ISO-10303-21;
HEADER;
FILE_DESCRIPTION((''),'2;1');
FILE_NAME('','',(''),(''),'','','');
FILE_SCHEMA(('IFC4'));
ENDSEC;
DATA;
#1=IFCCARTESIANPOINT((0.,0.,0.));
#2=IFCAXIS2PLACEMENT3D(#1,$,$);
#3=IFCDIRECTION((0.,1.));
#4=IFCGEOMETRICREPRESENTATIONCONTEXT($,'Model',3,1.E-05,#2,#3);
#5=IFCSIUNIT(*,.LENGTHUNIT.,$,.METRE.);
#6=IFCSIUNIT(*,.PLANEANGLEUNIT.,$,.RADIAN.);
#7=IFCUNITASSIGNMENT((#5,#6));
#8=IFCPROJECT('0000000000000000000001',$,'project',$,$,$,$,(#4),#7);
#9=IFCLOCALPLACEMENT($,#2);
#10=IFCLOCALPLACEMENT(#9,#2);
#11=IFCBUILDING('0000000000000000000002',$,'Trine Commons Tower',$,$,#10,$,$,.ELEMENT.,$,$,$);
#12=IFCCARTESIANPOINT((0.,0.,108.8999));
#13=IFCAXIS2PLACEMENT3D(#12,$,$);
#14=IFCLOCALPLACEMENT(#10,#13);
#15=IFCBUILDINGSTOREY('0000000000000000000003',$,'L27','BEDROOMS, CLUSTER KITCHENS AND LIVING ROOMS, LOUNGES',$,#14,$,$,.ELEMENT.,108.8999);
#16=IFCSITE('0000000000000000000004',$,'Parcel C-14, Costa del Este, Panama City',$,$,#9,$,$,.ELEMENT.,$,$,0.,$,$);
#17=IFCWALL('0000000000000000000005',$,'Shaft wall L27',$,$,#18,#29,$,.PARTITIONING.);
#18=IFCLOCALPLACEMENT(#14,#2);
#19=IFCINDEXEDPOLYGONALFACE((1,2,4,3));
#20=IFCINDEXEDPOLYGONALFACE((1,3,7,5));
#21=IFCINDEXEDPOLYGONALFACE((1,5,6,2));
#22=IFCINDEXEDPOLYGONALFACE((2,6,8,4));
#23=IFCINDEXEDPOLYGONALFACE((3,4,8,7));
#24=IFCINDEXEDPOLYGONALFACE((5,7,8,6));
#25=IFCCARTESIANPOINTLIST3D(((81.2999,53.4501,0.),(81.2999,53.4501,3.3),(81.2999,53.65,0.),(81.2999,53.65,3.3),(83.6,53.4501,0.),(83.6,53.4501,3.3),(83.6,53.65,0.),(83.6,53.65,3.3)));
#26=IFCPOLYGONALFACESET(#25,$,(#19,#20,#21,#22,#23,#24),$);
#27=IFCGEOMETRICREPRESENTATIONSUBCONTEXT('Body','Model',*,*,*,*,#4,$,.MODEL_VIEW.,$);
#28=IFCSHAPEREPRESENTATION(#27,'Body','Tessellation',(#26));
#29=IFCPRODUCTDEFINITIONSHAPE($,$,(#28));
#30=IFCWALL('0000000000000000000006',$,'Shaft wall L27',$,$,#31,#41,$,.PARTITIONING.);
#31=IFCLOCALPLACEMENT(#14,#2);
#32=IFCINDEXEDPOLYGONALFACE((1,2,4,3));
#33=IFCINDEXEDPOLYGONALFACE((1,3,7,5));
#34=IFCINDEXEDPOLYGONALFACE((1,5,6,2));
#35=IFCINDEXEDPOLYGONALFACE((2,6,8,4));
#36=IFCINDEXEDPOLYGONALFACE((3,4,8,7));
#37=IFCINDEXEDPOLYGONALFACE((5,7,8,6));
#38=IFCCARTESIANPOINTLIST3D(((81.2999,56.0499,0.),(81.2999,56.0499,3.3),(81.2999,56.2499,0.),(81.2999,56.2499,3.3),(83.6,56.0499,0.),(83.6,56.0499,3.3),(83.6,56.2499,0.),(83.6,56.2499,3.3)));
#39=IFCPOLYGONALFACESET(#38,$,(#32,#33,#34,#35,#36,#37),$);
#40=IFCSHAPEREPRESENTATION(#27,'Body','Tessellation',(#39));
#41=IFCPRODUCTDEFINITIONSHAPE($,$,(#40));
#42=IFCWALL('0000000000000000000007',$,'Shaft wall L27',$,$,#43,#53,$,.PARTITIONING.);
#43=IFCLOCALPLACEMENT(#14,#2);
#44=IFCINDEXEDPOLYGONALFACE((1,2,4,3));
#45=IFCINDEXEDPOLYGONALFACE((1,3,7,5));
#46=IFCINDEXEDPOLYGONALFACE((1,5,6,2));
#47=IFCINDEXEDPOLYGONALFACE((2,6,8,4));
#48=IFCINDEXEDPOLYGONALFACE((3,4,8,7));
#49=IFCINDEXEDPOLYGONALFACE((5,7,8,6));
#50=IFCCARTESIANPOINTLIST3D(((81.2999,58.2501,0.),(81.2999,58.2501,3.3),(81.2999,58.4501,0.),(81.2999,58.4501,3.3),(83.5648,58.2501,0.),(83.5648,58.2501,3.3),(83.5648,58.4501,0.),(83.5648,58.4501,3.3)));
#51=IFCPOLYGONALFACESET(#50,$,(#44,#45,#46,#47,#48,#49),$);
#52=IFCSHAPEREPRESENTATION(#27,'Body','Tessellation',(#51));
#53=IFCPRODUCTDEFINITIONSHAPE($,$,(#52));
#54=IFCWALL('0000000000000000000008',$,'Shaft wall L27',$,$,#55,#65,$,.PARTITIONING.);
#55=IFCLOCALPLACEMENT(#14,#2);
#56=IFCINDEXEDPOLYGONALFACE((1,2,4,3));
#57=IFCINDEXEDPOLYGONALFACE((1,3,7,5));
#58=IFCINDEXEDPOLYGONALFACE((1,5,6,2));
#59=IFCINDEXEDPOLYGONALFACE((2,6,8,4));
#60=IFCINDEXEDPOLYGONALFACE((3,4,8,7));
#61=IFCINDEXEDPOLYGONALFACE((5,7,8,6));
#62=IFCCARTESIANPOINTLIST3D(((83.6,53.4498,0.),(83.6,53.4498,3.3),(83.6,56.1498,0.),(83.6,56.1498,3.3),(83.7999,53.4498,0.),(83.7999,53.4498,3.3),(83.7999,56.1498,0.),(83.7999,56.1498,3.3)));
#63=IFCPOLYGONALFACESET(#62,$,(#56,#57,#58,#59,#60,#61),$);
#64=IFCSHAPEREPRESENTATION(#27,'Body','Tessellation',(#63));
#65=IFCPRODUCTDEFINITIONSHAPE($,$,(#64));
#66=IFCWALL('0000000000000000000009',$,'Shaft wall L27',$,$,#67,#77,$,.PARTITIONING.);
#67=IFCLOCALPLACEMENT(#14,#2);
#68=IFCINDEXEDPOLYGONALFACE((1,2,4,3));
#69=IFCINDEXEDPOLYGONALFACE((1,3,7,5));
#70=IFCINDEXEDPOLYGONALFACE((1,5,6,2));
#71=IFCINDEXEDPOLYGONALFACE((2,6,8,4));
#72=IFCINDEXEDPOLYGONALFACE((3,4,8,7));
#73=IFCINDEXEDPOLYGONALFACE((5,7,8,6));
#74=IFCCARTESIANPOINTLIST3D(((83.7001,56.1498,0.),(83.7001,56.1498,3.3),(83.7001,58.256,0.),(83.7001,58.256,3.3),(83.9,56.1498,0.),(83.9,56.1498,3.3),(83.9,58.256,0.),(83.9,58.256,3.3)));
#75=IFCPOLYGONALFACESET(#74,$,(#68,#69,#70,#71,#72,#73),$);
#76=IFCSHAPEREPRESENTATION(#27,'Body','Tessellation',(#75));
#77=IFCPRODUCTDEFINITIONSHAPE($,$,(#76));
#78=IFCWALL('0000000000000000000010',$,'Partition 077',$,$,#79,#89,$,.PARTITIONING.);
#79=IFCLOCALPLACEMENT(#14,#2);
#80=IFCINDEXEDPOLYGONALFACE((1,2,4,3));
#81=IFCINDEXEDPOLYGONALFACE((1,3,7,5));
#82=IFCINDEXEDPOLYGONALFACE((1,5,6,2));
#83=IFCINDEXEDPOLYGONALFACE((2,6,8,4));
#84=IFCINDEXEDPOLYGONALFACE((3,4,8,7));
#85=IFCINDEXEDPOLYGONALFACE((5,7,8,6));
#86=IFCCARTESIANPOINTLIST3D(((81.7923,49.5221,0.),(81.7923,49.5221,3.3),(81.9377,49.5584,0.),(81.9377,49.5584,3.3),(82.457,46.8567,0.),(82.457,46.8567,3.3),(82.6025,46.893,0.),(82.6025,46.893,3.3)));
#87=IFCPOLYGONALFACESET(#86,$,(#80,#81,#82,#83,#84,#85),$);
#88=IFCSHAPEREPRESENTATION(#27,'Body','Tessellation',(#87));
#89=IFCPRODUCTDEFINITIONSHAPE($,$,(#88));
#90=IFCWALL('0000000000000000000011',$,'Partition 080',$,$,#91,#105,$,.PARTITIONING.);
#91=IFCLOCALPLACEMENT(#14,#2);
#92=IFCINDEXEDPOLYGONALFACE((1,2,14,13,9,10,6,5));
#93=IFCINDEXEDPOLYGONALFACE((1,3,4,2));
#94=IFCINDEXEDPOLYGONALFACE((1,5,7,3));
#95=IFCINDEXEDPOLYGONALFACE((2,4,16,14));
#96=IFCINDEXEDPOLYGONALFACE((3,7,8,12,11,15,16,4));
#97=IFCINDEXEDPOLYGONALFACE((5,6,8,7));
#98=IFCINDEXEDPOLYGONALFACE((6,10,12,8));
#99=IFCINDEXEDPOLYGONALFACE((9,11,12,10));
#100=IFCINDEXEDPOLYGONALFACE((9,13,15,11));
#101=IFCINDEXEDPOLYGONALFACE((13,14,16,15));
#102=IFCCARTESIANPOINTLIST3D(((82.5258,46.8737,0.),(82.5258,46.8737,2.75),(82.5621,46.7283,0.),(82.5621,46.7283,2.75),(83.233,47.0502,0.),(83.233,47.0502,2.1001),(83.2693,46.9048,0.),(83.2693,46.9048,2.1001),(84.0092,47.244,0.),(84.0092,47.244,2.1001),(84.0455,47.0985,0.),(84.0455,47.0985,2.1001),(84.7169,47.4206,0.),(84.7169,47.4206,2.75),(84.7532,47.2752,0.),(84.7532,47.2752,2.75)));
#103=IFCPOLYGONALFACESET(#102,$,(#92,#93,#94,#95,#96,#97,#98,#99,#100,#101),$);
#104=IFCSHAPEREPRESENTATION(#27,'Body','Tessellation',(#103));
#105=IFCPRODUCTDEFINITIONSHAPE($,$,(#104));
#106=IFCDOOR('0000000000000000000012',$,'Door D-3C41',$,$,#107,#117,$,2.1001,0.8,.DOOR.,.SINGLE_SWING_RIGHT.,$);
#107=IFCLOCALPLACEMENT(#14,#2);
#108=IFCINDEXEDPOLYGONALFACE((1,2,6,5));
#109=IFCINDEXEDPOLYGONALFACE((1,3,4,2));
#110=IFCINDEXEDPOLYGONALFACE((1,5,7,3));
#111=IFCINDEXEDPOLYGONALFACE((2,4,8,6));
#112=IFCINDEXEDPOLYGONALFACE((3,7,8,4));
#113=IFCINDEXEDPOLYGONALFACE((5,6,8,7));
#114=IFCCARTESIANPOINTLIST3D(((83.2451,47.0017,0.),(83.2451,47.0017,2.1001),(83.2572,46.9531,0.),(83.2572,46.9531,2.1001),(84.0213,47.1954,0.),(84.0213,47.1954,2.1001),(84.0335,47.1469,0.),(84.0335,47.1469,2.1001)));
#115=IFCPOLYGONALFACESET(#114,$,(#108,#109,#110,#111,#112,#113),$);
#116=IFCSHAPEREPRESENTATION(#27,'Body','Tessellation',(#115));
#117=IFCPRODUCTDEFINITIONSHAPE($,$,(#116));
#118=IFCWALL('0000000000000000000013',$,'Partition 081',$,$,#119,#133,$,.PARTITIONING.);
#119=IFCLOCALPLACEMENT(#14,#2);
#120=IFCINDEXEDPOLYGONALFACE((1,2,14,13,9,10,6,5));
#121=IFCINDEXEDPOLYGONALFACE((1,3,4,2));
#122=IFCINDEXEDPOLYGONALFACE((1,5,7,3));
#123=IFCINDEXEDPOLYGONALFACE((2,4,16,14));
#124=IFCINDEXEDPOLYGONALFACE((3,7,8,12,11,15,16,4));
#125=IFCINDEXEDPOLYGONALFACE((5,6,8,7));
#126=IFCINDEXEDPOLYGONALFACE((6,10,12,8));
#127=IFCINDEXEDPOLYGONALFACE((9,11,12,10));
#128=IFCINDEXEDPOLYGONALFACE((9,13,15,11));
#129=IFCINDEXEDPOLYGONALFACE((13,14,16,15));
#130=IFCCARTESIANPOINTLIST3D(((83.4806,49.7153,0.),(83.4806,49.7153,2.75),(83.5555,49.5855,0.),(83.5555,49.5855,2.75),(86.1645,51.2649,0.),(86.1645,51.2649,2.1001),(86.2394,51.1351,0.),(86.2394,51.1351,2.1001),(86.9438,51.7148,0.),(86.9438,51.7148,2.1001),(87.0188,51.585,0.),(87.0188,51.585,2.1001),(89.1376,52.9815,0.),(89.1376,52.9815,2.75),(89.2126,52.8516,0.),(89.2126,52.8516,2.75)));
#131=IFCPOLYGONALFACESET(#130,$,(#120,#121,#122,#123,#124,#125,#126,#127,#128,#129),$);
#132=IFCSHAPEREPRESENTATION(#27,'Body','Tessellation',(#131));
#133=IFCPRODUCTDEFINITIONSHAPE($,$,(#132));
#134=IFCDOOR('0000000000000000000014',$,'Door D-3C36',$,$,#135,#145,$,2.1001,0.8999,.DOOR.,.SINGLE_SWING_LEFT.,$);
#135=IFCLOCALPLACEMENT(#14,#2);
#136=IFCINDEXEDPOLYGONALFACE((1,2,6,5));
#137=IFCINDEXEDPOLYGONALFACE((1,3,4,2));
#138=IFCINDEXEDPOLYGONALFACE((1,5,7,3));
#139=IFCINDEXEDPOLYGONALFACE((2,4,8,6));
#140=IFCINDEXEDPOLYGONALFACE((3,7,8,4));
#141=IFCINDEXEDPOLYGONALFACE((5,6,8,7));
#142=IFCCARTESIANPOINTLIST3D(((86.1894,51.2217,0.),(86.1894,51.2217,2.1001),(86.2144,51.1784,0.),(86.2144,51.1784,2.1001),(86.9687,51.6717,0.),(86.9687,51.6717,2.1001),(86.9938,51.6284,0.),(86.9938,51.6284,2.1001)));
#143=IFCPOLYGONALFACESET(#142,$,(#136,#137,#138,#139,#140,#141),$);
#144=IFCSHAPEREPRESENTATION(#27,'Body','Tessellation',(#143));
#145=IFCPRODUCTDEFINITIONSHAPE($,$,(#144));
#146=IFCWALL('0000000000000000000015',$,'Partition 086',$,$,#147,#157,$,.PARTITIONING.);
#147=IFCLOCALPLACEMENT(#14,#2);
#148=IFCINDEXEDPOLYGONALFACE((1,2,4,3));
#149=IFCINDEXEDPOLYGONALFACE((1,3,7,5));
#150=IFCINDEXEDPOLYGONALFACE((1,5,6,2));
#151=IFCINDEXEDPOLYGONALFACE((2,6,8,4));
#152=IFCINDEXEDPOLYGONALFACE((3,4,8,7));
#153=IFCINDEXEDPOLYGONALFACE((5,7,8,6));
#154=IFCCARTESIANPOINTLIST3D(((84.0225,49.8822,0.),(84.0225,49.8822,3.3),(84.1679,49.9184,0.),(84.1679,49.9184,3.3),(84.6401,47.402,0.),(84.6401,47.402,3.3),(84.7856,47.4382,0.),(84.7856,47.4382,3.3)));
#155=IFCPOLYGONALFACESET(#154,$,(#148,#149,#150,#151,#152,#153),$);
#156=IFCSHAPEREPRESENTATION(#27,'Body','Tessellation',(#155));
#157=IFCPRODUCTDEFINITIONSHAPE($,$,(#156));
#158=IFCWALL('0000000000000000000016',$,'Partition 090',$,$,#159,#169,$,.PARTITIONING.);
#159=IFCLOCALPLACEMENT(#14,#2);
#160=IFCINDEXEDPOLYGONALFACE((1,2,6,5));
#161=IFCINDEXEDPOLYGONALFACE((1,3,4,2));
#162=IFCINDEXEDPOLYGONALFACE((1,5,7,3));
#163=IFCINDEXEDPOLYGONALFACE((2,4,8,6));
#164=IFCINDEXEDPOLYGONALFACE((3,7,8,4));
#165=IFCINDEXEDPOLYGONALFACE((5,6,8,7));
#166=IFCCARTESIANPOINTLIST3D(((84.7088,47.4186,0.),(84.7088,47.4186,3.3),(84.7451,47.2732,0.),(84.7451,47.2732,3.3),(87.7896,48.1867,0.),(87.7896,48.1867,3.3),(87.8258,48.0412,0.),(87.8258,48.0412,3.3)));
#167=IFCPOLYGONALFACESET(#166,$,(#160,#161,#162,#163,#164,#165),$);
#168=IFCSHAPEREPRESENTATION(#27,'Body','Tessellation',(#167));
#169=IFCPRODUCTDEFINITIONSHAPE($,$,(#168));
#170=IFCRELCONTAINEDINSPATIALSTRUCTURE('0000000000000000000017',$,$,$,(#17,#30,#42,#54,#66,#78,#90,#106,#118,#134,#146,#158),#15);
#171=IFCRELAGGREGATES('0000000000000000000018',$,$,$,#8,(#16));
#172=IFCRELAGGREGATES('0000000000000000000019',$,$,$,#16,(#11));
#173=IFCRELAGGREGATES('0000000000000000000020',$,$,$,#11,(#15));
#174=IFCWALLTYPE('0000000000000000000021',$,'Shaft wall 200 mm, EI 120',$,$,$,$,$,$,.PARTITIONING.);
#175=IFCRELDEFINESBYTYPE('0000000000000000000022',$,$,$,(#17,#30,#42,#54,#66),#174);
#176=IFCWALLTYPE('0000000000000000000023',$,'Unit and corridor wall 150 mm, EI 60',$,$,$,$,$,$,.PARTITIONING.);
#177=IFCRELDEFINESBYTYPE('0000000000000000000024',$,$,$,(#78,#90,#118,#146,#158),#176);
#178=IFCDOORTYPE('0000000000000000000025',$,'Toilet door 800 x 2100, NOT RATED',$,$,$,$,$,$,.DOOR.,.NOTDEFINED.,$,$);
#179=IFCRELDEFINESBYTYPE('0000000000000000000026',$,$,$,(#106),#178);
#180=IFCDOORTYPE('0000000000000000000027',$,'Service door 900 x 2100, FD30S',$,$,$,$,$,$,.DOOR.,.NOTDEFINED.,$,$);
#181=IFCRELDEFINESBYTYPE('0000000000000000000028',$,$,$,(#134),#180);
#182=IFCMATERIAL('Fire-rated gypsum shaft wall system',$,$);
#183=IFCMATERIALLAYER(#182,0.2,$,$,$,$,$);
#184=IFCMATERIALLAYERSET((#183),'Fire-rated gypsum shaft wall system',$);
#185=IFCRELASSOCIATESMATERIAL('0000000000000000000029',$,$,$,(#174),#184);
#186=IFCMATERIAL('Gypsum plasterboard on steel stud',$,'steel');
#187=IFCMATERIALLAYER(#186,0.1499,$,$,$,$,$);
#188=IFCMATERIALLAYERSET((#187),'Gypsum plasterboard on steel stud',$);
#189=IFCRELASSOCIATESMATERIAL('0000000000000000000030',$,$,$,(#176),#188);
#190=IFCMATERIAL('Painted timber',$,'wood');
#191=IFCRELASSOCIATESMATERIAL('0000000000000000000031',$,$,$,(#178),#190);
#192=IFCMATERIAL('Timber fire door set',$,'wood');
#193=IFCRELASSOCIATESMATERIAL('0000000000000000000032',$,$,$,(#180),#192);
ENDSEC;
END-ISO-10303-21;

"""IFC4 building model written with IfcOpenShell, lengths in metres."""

from ifc_helpers import new_model, si_unit, direction, frame, frame_2d, origin, place, context, subcontext, project, spatial, rectangle, extrude, material, layer, layer_set, type_object, element, fill, save


model = new_model("IFC4")

# Units and contexts
model_context = context("Model", 3, precision=1e-05, world=origin(), true_north=direction((0.0, 1.0)))
body_context = subcontext(model_context, "Body", "Model", "MODEL_VIEW")
ifc_project = project(units=[si_unit("LENGTHUNIT", "METRE"), si_unit("PLANEANGLEUNIT", "RADIAN")], contexts=[model_context])

# Site, building, storey
site_placement = place(None, origin())
site = spatial("IfcSite", under=ifc_project, at=site_placement, Name="Parcel C-14, Costa del Este, Panama City", CompositionType="ELEMENT", RefElevation=0.0)
building_placement = place(site_placement, origin())
building = spatial("IfcBuilding", under=site, at=building_placement, Name="Trine Commons Tower", CompositionType="ELEMENT")
storey_placement = place(building_placement, frame((0.0, 0.0, 108.8999)))
storey = spatial("IfcBuildingStorey", under=building, at=storey_placement, Name="L27", Description="BEDROOMS, CLUSTER KITCHENS AND LIVING ROOMS, LOUNGES", CompositionType="ELEMENT", Elevation=108.8999)

# Walls
ifc_material_1 = material(Name="Fire-rated gypsum shaft wall system")
ifc_layer_1 = layer(ifc_material_1, 0.2)
ifc_layer_set_1 = layer_set([ifc_layer_1], Name="Fire-rated gypsum shaft wall system")
wall_type_1 = type_object("IfcWallType", Name="Shaft wall 200 mm, EI 120", PredefinedType="PARTITIONING", material=ifc_layer_set_1)
for number, where, z_axis, x_axis, name in (
    (1, (81.3, 53.55, 0.0), (0.0, 0.0, 1.0), (1.0, 0.0, 0.0), "Shaft wall L27"),
    (2, (81.3, 56.1499, 0.0), (0.0, 0.0, 1.0), (1.0, 0.0, 0.0), "Shaft wall L27"),
):
    element("IfcWall", number, at=place(storey_placement, frame(where, z_axis=z_axis, x_axis=x_axis)), inside=storey, type_object=wall_type_1, Name=name, PredefinedType="PARTITIONING", context=body_context, shape_type="SweptSolid", body=[
        extrude(rectangle(XDim=2.3, YDim=0.2, at=frame_2d((1.1499, 0.0))), origin(), (0.0, 0.0, 1.0), 3.3),
    ])
wall_1_placement = place(storey_placement, frame((81.3, 58.3501, 0.0), z_axis=(0.0, 0.0, 1.0), x_axis=(1.0, 0.0, 0.0)))
element("IfcWall", 3, at=wall_1_placement, inside=storey, type_object=wall_type_1, Name="Shaft wall L27", PredefinedType="PARTITIONING", context=body_context, shape_type="SweptSolid", body=[
    extrude(rectangle(XDim=2.2649, YDim=0.2, at=frame_2d((1.1323, 0.0))), origin(), (0.0, 0.0, 1.0), 3.3),
])
wall_2_placement = place(storey_placement, frame((83.7, 56.1499, 0.0), z_axis=(0.0, 0.0, 1.0), x_axis=(0.0, -1.0, 0.0)))
element("IfcWall", 4, at=wall_2_placement, inside=storey, type_object=wall_type_1, Name="Shaft wall L27", PredefinedType="PARTITIONING", context=body_context, shape_type="SweptSolid", body=[
    extrude(rectangle(XDim=2.7, YDim=0.2, at=frame_2d((1.3501, 0.0))), origin(), (0.0, 0.0, 1.0), 3.3),
])
wall_3_placement = place(storey_placement, frame((83.8, 58.2561, 0.0), z_axis=(0.0, 0.0, 1.0), x_axis=(0.0, -1.0, 0.0)))
element("IfcWall", 5, at=wall_3_placement, inside=storey, type_object=wall_type_1, Name="Shaft wall L27", PredefinedType="PARTITIONING", context=body_context, shape_type="SweptSolid", body=[
    extrude(rectangle(XDim=2.1062, YDim=0.2, at=frame_2d((1.0532, 0.0))), origin(), (0.0, 0.0, 1.0), 3.3),
])
ifc_material_2 = material(Name="Gypsum plasterboard on steel stud", Category="steel")
ifc_layer_2 = layer(ifc_material_2, 0.1499)
ifc_layer_set_2 = layer_set([ifc_layer_2], Name="Gypsum plasterboard on steel stud")
wall_type_2 = type_object("IfcWallType", Name="Unit and corridor wall 150 mm, EI 60", PredefinedType="PARTITIONING", material=ifc_layer_set_2)
wall_4_placement = place(storey_placement, frame((81.865, 49.5403, 0.0), z_axis=(0.0, 0.0, 1.0), x_axis=(0.241992, -0.970278, 0.0)))
element("IfcWall", 6, at=wall_4_placement, inside=storey, type_object=wall_type_2, Name="Partition 077", PredefinedType="PARTITIONING", context=body_context, shape_type="SweptSolid", body=[
    extrude(rectangle(XDim=2.7471, YDim=0.1499, at=frame_2d((1.3735, 0.0))), origin(), (0.0, 0.0, 1.0), 3.3),
])

# Walls, openings, doors
wall_5_placement = place(storey_placement, frame((82.5439, 46.801, 0.0), z_axis=(0.0, 0.0, 1.0), x_axis=(0.970238, 0.242154, 0.0)))
wall_5 = element("IfcWall", 7, at=wall_5_placement, inside=storey, type_object=wall_type_2, Name="Partition 080", PredefinedType="PARTITIONING", context=body_context, shape_type="SweptSolid", body=[
    extrude(rectangle(XDim=2.2583, YDim=0.1499, at=frame_2d((1.1292, 0.0))), origin(), (0.0, 0.0, 1.0), 2.75),
])
opening_1_placement = place(wall_5_placement, frame((0.729, 0.0, 0.0)))
opening_1 = element("IfcOpeningElement", 8, at=opening_1_placement, cuts=wall_5, PredefinedType="OPENING", context=body_context, shape_type="SweptSolid", body=[
    extrude(rectangle(XDim=0.8, YDim=2.1001, at=frame_2d((0.3999, 1.05))), frame((0.0, 0.085, 0.0), z_axis=(0.0, -1.0, 0.0), x_axis=(1.0, 0.0, 0.0)), (0.0, 0.0, 1.0), 0.1699),
])
ifc_material_3 = material(Name="Painted timber", Category="wood")
door_type_1 = type_object("IfcDoorType", Name="Toilet door 800 x 2100, NOT RATED", OperationType="NOTDEFINED", PredefinedType="DOOR", material=ifc_material_3)
door_1_placement = place(opening_1_placement, origin())
door_1 = element("IfcDoor", 9, at=door_1_placement, inside=storey, type_object=door_type_1, Name="Door D-3C41", OperationType="SINGLE_SWING_RIGHT", OverallHeight=2.1001, OverallWidth=0.8, PredefinedType="DOOR", context=body_context, shape_type="SweptSolid", body=[
    extrude(rectangle(XDim=0.8, YDim=2.1001, at=frame_2d((0.3999, 1.05))), frame((0.0, 0.0249, 0.0), z_axis=(0.0, -1.0, 0.0), x_axis=(1.0, 0.0, 0.0)), (0.0, 0.0, 1.0), 0.05),
])
fill(opening_1, door_1)
wall_6_placement = place(storey_placement, frame((83.5181, 49.6504, 0.0), z_axis=(0.0, 0.0, 1.0), x_axis=(0.866022, 0.500006, 0.0)))
wall_6 = element("IfcWall", 10, at=wall_6_placement, inside=storey, type_object=wall_type_2, Name="Partition 081", PredefinedType="PARTITIONING", context=body_context, shape_type="SweptSolid", body=[
    extrude(rectangle(XDim=6.5322, YDim=0.1499, at=frame_2d((3.2661, 0.0))), origin(), (0.0, 0.0, 1.0), 2.75),
])
opening_2_placement = place(wall_6_placement, frame((3.0991, 0.0, 0.0)))
opening_2 = element("IfcOpeningElement", 11, at=opening_2_placement, cuts=wall_6, PredefinedType="OPENING", context=body_context, shape_type="SweptSolid", body=[
    extrude(rectangle(XDim=0.8999, YDim=2.1001, at=frame_2d((0.45, 1.05))), frame((0.0, 0.085, 0.0), z_axis=(0.0, -1.0, 0.0), x_axis=(1.0, 0.0, 0.0)), (0.0, 0.0, 1.0), 0.1699),
])
ifc_material_4 = material(Name="Timber fire door set", Category="wood")
door_type_2 = type_object("IfcDoorType", Name="Service door 900 x 2100, FD30S", OperationType="NOTDEFINED", PredefinedType="DOOR", material=ifc_material_4)
door_2_placement = place(opening_2_placement, frame((0.8999, 0.0, 0.0), z_axis=(0.0, 0.0, 1.0), x_axis=(-1.0, 0.0, 0.0)))
door_2 = element("IfcDoor", 12, at=door_2_placement, inside=storey, type_object=door_type_2, Name="Door D-3C36", OperationType="SINGLE_SWING_LEFT", OverallHeight=2.1001, OverallWidth=0.8999, PredefinedType="DOOR", context=body_context, shape_type="SweptSolid", body=[
    extrude(rectangle(XDim=0.8999, YDim=2.1001, at=frame_2d((0.45, 1.05))), frame((0.0, 0.0249, 0.0), z_axis=(0.0, -1.0, 0.0), x_axis=(1.0, 0.0, 0.0)), (0.0, 0.0, 1.0), 0.05),
])
fill(opening_2, door_2)

# Walls
wall_7_placement = place(storey_placement, frame((84.0952, 49.9001, 0.0), z_axis=(0.0, 0.0, 1.0), x_axis=(0.241659, -0.970361, 0.0)))
element("IfcWall", 13, at=wall_7_placement, inside=storey, type_object=wall_type_2, Name="Partition 086", PredefinedType="PARTITIONING", context=body_context, shape_type="SweptSolid", body=[
    extrude(rectangle(XDim=2.5559, YDim=0.1499, at=frame_2d((1.2778, 0.0))), origin(), (0.0, 0.0, 1.0), 3.3),
])
wall_8_placement = place(storey_placement, frame((84.7271, 47.3459, 0.0), z_axis=(0.0, 0.0, 1.0), x_axis=(0.970301, 0.241902, 0.0)))
element("IfcWall", 14, at=wall_8_placement, inside=storey, type_object=wall_type_2, Name="Partition 090", PredefinedType="PARTITIONING", context=body_context, shape_type="SweptSolid", body=[
    extrude(rectangle(XDim=3.175, YDim=0.1499, at=frame_2d((1.5874, 0.0))), origin(), (0.0, 0.0, 1.0), 3.3),
])

save(model, "model.ifc")
